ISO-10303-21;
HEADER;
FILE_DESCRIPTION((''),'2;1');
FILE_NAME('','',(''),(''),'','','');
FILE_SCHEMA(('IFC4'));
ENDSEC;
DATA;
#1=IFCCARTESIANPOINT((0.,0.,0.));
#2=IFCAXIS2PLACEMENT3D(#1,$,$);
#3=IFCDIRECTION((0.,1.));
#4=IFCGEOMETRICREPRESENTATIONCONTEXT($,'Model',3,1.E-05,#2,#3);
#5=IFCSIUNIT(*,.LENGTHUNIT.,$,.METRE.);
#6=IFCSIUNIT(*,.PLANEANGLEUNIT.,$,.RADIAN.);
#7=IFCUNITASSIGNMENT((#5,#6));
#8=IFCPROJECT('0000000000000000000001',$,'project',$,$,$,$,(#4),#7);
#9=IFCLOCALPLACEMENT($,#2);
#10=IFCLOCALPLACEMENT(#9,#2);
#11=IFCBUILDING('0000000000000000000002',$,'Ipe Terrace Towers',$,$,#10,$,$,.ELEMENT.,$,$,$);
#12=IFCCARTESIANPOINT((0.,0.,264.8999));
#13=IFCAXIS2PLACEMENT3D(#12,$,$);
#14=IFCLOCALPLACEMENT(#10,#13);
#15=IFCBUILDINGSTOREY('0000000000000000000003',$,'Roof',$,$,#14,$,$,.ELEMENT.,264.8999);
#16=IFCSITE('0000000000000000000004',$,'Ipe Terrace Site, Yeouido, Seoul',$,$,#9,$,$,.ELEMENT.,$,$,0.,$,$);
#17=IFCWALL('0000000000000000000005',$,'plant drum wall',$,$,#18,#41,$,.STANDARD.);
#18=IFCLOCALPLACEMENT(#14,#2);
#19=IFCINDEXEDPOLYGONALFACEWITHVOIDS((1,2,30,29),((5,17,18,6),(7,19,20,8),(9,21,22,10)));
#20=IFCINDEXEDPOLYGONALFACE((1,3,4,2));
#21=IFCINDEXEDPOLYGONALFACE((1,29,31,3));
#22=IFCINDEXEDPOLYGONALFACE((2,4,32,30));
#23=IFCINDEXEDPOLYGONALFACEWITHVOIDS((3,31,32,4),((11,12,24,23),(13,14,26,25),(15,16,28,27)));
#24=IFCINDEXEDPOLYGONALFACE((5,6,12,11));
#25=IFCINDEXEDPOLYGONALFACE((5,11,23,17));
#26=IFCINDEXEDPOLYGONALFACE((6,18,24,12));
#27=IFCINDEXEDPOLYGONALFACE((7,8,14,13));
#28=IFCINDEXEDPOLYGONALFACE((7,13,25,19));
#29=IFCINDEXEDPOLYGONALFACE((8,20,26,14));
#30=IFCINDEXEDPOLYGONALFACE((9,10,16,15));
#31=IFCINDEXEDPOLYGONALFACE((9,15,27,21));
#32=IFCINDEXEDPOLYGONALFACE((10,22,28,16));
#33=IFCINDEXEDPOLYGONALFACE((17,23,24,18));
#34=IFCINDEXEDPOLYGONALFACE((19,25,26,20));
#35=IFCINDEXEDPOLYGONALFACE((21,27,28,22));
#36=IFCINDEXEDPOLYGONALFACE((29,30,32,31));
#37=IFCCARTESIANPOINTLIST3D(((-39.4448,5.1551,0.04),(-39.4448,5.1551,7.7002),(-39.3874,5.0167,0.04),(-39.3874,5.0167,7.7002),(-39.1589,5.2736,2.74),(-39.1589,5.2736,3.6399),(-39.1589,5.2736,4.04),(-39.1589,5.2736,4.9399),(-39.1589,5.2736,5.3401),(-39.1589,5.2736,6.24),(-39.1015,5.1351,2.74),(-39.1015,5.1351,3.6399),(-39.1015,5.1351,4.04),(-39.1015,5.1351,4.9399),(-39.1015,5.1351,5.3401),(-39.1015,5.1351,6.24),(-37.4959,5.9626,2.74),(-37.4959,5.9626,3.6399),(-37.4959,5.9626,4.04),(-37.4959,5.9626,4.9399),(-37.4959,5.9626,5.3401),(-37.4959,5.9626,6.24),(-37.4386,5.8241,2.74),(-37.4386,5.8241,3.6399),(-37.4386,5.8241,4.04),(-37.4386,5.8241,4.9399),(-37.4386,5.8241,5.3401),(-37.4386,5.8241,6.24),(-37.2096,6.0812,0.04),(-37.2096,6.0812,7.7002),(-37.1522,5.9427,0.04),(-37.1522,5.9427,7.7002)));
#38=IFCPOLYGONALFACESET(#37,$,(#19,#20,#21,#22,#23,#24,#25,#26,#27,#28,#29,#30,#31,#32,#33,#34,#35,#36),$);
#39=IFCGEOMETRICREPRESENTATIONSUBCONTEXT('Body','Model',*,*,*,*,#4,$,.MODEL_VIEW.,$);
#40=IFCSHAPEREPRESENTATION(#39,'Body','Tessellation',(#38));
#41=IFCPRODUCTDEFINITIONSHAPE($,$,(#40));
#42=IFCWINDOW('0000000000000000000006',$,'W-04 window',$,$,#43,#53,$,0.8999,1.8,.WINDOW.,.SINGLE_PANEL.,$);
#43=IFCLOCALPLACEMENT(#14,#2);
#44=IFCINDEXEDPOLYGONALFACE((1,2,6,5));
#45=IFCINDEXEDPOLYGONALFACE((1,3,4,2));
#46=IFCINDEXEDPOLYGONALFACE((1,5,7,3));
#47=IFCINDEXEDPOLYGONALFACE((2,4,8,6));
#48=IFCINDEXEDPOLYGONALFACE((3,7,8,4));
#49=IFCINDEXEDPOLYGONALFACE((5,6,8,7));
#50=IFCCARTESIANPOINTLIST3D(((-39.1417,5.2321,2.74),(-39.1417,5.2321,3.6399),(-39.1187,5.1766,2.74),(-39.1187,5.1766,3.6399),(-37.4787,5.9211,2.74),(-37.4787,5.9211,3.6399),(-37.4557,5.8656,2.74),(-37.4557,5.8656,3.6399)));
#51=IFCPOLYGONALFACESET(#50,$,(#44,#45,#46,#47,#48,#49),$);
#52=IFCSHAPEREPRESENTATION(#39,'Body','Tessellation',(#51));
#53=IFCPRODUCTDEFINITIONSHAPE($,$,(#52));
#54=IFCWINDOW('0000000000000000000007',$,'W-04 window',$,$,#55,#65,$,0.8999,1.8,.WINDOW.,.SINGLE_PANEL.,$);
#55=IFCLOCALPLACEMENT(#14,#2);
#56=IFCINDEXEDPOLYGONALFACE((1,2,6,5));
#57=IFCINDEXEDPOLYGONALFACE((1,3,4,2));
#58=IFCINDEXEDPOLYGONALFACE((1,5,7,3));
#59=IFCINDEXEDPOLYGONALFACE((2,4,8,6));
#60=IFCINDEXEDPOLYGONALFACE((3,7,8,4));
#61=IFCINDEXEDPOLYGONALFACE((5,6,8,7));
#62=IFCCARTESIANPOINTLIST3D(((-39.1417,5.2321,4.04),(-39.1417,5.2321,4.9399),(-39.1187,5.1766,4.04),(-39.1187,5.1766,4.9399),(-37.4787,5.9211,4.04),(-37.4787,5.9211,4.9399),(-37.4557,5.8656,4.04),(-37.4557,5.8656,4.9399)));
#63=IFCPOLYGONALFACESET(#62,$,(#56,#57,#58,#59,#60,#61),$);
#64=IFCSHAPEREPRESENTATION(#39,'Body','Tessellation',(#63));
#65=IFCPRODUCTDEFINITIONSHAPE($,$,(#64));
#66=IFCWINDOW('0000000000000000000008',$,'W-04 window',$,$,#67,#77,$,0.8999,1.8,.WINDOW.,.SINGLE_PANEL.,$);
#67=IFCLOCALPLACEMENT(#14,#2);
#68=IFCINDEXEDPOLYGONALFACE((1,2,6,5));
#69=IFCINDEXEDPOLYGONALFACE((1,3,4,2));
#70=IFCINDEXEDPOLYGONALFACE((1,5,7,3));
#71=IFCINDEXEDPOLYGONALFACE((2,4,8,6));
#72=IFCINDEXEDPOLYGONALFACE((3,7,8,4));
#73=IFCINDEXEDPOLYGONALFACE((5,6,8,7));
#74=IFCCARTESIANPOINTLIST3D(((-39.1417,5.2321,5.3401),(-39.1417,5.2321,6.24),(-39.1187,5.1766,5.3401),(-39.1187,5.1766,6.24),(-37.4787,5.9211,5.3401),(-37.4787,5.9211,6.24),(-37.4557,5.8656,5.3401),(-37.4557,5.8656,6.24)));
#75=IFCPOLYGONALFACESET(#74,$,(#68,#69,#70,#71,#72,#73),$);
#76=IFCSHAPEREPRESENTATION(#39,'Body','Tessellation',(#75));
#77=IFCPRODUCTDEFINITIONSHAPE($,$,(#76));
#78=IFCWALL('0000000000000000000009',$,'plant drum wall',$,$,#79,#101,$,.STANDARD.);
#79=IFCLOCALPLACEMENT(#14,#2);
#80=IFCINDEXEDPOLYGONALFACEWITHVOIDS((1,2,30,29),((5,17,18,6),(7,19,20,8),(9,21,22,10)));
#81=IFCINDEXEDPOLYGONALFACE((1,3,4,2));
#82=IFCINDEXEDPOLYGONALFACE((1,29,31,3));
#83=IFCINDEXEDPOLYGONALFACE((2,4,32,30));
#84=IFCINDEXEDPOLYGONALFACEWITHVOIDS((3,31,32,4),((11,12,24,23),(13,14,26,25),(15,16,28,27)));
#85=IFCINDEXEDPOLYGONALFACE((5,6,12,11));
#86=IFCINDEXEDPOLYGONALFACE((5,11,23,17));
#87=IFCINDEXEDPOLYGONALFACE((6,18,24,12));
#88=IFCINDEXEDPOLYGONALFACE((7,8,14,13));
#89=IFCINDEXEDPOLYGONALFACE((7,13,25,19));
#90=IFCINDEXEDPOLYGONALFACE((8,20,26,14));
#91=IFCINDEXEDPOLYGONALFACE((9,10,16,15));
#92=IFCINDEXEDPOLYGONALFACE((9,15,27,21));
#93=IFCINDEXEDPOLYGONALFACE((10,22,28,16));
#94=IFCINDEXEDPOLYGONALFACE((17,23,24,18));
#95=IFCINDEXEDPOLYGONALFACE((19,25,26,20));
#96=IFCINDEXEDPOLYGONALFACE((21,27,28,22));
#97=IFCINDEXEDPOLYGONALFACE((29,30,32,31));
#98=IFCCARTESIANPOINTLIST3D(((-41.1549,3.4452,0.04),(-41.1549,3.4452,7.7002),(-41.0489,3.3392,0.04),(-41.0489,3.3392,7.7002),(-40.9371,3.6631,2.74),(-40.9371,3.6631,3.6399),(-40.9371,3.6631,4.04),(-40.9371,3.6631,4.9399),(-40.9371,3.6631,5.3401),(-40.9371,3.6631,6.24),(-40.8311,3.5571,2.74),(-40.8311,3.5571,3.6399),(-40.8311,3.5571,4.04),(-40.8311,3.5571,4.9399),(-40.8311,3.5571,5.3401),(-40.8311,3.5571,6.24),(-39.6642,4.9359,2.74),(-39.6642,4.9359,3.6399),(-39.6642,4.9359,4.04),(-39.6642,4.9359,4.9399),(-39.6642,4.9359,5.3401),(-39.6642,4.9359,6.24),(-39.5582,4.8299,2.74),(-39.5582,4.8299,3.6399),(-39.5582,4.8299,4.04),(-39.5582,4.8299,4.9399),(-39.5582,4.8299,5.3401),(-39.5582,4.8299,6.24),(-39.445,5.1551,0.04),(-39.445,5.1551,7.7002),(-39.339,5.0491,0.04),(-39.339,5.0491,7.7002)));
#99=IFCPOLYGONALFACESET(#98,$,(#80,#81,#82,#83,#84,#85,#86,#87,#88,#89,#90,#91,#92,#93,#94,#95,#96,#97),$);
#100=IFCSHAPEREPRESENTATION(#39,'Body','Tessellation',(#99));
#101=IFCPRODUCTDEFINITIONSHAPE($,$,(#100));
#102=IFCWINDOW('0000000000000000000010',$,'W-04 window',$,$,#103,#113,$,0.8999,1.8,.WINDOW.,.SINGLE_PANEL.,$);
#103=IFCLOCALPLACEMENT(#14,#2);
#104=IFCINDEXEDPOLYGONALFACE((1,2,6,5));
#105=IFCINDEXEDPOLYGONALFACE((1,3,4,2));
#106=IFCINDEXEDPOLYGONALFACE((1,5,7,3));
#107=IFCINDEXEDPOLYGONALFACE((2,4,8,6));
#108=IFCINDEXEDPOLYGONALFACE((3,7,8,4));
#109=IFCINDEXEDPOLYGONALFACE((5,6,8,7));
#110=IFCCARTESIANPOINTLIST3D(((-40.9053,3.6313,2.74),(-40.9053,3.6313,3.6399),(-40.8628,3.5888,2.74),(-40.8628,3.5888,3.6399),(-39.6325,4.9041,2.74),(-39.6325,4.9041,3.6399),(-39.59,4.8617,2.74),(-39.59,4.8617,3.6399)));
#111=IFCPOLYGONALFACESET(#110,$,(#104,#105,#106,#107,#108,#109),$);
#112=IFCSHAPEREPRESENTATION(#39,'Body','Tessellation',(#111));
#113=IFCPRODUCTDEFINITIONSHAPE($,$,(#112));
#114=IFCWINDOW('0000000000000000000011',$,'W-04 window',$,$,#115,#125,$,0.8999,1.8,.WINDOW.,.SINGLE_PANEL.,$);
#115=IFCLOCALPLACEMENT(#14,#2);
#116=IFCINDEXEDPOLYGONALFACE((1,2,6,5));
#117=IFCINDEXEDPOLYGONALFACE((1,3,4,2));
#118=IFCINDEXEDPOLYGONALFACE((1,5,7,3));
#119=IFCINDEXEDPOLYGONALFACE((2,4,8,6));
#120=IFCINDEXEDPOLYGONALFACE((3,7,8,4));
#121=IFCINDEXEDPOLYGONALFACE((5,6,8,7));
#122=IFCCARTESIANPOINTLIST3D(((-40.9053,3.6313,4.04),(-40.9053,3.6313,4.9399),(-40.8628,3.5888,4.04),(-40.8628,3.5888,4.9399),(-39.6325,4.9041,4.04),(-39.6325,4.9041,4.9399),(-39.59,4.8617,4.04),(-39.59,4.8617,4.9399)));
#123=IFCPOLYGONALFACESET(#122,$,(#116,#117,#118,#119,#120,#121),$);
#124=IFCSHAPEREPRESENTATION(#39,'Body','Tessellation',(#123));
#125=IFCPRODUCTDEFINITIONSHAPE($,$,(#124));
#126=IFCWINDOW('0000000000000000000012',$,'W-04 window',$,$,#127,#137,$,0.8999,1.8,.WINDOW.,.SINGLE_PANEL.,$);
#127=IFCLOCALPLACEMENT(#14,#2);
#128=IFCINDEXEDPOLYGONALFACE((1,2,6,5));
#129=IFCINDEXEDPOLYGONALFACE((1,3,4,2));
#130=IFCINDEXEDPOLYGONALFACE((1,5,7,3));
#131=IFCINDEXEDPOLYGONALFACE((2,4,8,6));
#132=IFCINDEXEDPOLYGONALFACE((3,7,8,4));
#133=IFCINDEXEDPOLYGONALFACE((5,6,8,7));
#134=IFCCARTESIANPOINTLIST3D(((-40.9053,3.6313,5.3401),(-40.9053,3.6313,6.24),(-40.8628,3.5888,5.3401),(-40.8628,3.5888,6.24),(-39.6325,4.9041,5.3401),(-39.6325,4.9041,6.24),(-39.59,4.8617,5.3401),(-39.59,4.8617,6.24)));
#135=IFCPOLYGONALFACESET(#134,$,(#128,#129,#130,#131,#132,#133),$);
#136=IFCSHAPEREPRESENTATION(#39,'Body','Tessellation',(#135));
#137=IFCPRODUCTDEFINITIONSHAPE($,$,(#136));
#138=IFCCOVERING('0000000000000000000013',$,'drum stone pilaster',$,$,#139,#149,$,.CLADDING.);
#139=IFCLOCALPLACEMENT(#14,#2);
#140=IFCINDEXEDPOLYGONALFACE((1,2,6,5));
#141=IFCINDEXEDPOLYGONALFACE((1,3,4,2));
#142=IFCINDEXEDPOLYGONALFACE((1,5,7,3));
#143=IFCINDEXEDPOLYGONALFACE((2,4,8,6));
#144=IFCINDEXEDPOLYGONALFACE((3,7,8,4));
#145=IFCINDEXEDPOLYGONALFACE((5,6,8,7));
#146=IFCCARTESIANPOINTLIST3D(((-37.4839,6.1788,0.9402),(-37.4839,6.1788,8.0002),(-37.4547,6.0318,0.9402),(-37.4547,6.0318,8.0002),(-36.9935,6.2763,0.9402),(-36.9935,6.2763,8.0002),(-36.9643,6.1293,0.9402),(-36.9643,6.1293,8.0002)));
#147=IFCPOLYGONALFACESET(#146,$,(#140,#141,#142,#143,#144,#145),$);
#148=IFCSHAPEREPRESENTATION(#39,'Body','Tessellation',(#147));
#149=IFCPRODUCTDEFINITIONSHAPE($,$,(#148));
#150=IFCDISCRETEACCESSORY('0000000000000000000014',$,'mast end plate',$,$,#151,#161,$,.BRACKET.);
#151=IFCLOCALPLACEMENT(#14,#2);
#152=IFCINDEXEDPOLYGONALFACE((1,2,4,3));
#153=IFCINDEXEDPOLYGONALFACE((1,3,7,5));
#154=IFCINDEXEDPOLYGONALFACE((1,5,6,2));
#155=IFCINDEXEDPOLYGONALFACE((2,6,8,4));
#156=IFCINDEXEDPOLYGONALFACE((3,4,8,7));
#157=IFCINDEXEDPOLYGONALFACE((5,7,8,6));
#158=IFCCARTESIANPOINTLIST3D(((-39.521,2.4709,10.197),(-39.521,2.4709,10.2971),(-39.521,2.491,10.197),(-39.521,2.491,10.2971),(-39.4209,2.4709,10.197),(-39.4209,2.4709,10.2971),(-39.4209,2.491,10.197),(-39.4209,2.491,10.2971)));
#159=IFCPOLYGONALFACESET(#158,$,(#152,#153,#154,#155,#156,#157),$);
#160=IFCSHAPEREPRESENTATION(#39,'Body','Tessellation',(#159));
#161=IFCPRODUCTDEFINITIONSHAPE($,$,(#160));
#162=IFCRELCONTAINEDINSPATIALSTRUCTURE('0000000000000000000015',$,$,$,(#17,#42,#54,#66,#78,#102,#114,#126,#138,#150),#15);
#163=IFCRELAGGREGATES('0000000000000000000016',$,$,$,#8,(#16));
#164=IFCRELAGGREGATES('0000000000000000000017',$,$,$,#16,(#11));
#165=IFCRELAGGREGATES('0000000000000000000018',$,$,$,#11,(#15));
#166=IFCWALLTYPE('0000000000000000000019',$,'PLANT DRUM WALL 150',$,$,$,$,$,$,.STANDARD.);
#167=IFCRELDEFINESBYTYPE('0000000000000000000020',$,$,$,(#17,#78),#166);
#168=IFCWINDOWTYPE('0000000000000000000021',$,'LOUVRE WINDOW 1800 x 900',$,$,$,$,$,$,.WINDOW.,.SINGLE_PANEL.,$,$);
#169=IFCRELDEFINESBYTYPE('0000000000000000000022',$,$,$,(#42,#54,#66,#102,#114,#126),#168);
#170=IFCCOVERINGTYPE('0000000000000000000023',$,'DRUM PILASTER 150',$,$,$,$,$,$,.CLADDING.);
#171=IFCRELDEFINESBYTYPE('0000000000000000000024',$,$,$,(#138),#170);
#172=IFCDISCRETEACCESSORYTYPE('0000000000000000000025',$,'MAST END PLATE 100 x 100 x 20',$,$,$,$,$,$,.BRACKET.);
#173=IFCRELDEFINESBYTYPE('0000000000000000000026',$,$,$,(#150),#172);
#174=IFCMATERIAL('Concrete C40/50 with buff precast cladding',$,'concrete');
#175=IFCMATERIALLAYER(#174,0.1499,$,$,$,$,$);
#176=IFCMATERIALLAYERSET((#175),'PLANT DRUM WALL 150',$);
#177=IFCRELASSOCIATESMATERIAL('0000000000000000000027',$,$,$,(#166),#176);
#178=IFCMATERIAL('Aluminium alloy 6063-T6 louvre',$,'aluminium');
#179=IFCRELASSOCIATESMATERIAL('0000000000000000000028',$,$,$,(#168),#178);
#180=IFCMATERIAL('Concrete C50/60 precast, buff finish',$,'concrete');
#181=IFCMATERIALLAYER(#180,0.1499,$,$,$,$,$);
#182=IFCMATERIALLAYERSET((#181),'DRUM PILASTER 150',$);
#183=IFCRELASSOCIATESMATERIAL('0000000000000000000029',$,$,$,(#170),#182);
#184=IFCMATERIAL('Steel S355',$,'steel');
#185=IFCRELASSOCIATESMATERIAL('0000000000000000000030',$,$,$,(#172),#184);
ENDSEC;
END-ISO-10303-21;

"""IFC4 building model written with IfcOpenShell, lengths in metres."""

from ifc_helpers import new_model, si_unit, direction, frame, frame_2d, origin, origin_2d, place, context, subcontext, project, spatial, rectangle, extrude, material, layer, layer_set, material_profile, profile_set, type_object, element, fill, save


model = new_model("IFC4")

# Units and contexts
model_context = context("Model", 3, precision=1e-05, world=origin(), true_north=direction((0.0, 1.0)))
body_context = subcontext(model_context, "Body", "Model", "MODEL_VIEW")
ifc_project = project(units=[si_unit("LENGTHUNIT", "METRE"), si_unit("PLANEANGLEUNIT", "RADIAN")], contexts=[model_context])

# Site, building, storey
site_placement = place(None, origin())
site = spatial("IfcSite", under=ifc_project, at=site_placement, Name="Ipe Terrace Site, Yeouido, Seoul", CompositionType="ELEMENT", RefElevation=0.0)
building_placement = place(site_placement, origin())
building = spatial("IfcBuilding", under=site, at=building_placement, Name="Ipe Terrace Towers", CompositionType="ELEMENT")
storey_placement = place(building_placement, frame((0.0, 0.0, 264.8999)))
storey = spatial("IfcBuildingStorey", under=building, at=storey_placement, Name="Roof", CompositionType="ELEMENT", Elevation=264.8999)

# Walls, openings, windows
ifc_material_1 = material(Name="Concrete C40/50 with buff precast cladding", Category="concrete")
ifc_layer_1 = layer(ifc_material_1, 0.1499)
ifc_layer_set_1 = layer_set([ifc_layer_1], Name="PLANT DRUM WALL 150")
wall_type = type_object("IfcWallType", Name="PLANT DRUM WALL 150", PredefinedType="STANDARD", material=ifc_layer_set_1)
wall_1_placement = place(storey_placement, frame((-37.1809, 6.012, 0.04), z_axis=(0.0, 0.0, 1.0), x_axis=(-0.923848, -0.382759, 0.0)))
wall_1 = element("IfcWall", 1, at=wall_1_placement, inside=storey, type_object=wall_type, Name="plant drum wall", PredefinedType="STANDARD", context=body_context, shape_type="SweptSolid", body=[
    extrude(rectangle(XDim=2.4194, YDim=0.1499, at=frame_2d((1.2097, 0.0))), origin(), (0.0, 0.0, 1.0), 7.6602),
])
opening_1_placement = place(wall_1_placement, frame((0.3101, 0.0, 2.7)))
opening_1 = element("IfcOpeningElement", 2, at=opening_1_placement, cuts=wall_1, PredefinedType="OPENING", context=body_context, shape_type="SweptSolid", body=[
    extrude(rectangle(XDim=1.8, YDim=0.8999, at=frame_2d((0.8999, 0.45))), frame((0.0, 0.085, 0.0), z_axis=(0.0, -1.0, 0.0), x_axis=(1.0, 0.0, 0.0)), (0.0, 0.0, 1.0), 0.1699),
])
opening_2_placement = place(wall_1_placement, frame((0.3101, 0.0, 4.0)))
opening_2 = element("IfcOpeningElement", 3, at=opening_2_placement, cuts=wall_1, PredefinedType="OPENING", context=body_context, shape_type="SweptSolid", body=[
    extrude(rectangle(XDim=1.8, YDim=0.8999, at=frame_2d((0.8999, 0.45))), frame((0.0, 0.085, 0.0), z_axis=(0.0, -1.0, 0.0), x_axis=(1.0, 0.0, 0.0)), (0.0, 0.0, 1.0), 0.1699),
])
opening_3_placement = place(wall_1_placement, frame((0.3101, 0.0, 5.3)))
opening_3 = element("IfcOpeningElement", 4, at=opening_3_placement, cuts=wall_1, PredefinedType="OPENING", context=body_context, shape_type="SweptSolid", body=[
    extrude(rectangle(XDim=1.8, YDim=0.8999, at=frame_2d((0.8999, 0.45))), frame((0.0, 0.085, 0.0), z_axis=(0.0, -1.0, 0.0), x_axis=(1.0, 0.0, 0.0)), (0.0, 0.0, 1.0), 0.1699),
])
ifc_material_2 = material(Name="Aluminium alloy 6063-T6 louvre", Category="aluminium")
window_type = type_object("IfcWindowType", Name="LOUVRE WINDOW 1800 x 900", PartitioningType="SINGLE_PANEL", PredefinedType="WINDOW", material=ifc_material_2)
window_1_placement = place(opening_1_placement, origin())
window_1 = element("IfcWindow", 5, at=window_1_placement, inside=storey, type_object=window_type, Name="W-04 window", OverallHeight=0.8999, OverallWidth=1.8, PartitioningType="SINGLE_PANEL", PredefinedType="WINDOW", context=body_context, shape_type="SweptSolid", body=[
    extrude(rectangle(XDim=1.8, YDim=0.8999, at=frame_2d((0.8999, 0.45))), frame((0.0, 0.03, 0.0), z_axis=(0.0, -1.0, 0.0), x_axis=(1.0, 0.0, 0.0)), (0.0, 0.0, 1.0), 0.0601),
])
fill(opening_1, window_1)
window_2_placement = place(opening_2_placement, origin())
window_2 = element("IfcWindow", 6, at=window_2_placement, inside=storey, type_object=window_type, Name="W-04 window", OverallHeight=0.8999, OverallWidth=1.8, PartitioningType="SINGLE_PANEL", PredefinedType="WINDOW", context=body_context, shape_type="SweptSolid", body=[
    extrude(rectangle(XDim=1.8, YDim=0.8999, at=frame_2d((0.8999, 0.45))), frame((0.0, 0.03, 0.0), z_axis=(0.0, -1.0, 0.0), x_axis=(1.0, 0.0, 0.0)), (0.0, 0.0, 1.0), 0.0601),
])
fill(opening_2, window_2)
window_3_placement = place(opening_3_placement, origin())
window_3 = element("IfcWindow", 7, at=window_3_placement, inside=storey, type_object=window_type, Name="W-04 window", OverallHeight=0.8999, OverallWidth=1.8, PartitioningType="SINGLE_PANEL", PredefinedType="WINDOW", context=body_context, shape_type="SweptSolid", body=[
    extrude(rectangle(XDim=1.8, YDim=0.8999, at=frame_2d((0.8999, 0.45))), frame((0.0, 0.03, 0.0), z_axis=(0.0, -1.0, 0.0), x_axis=(1.0, 0.0, 0.0)), (0.0, 0.0, 1.0), 0.0601),
])
fill(opening_3, window_3)
wall_2_placement = place(storey_placement, frame((-39.3921, 5.1021, 0.04), z_axis=(0.0, 0.0, 1.0), x_axis=(-0.707107, -0.707107, 0.0)))
wall_2 = element("IfcWall", 8, at=wall_2_placement, inside=storey, type_object=wall_type, Name="plant drum wall", PredefinedType="STANDARD", context=body_context, shape_type="SweptSolid", body=[
    extrude(rectangle(XDim=2.4182, YDim=0.1499, at=frame_2d((1.209, 0.0))), origin(), (0.0, 0.0, 1.0), 7.6602),
])
opening_4_placement = place(wall_2_placement, frame((0.3101, 0.0, 2.7)))
opening_4 = element("IfcOpeningElement", 9, at=opening_4_placement, cuts=wall_2, PredefinedType="OPENING", context=body_context, shape_type="SweptSolid", body=[
    extrude(rectangle(XDim=1.8, YDim=0.8999, at=frame_2d((0.8999, 0.45))), frame((0.0, 0.085, 0.0), z_axis=(0.0, -1.0, 0.0), x_axis=(1.0, 0.0, 0.0)), (0.0, 0.0, 1.0), 0.1699),
])
opening_5_placement = place(wall_2_placement, frame((0.3101, 0.0, 4.0)))
opening_5 = element("IfcOpeningElement", 10, at=opening_5_placement, cuts=wall_2, PredefinedType="OPENING", context=body_context, shape_type="SweptSolid", body=[
    extrude(rectangle(XDim=1.8, YDim=0.8999, at=frame_2d((0.8999, 0.45))), frame((0.0, 0.085, 0.0), z_axis=(0.0, -1.0, 0.0), x_axis=(1.0, 0.0, 0.0)), (0.0, 0.0, 1.0), 0.1699),
])
opening_6_placement = place(wall_2_placement, frame((0.3101, 0.0, 5.3)))
opening_6 = element("IfcOpeningElement", 11, at=opening_6_placement, cuts=wall_2, PredefinedType="OPENING", context=body_context, shape_type="SweptSolid", body=[
    extrude(rectangle(XDim=1.8, YDim=0.8999, at=frame_2d((0.8999, 0.45))), frame((0.0, 0.085, 0.0), z_axis=(0.0, -1.0, 0.0), x_axis=(1.0, 0.0, 0.0)), (0.0, 0.0, 1.0), 0.1699),
])
window_4_placement = place(opening_4_placement, origin())
window_4 = element("IfcWindow", 12, at=window_4_placement, inside=storey, type_object=window_type, Name="W-04 window", OverallHeight=0.8999, OverallWidth=1.8, PartitioningType="SINGLE_PANEL", PredefinedType="WINDOW", context=body_context, shape_type="SweptSolid", body=[
    extrude(rectangle(XDim=1.8, YDim=0.8999, at=frame_2d((0.8999, 0.45))), frame((0.0, 0.03, 0.0), z_axis=(0.0, -1.0, 0.0), x_axis=(1.0, 0.0, 0.0)), (0.0, 0.0, 1.0), 0.0601),
])
fill(opening_4, window_4)
window_5_placement = place(opening_5_placement, origin())
window_5 = element("IfcWindow", 13, at=window_5_placement, inside=storey, type_object=window_type, Name="W-04 window", OverallHeight=0.8999, OverallWidth=1.8, PartitioningType="SINGLE_PANEL", PredefinedType="WINDOW", context=body_context, shape_type="SweptSolid", body=[
    extrude(rectangle(XDim=1.8, YDim=0.8999, at=frame_2d((0.8999, 0.45))), frame((0.0, 0.03, 0.0), z_axis=(0.0, -1.0, 0.0), x_axis=(1.0, 0.0, 0.0)), (0.0, 0.0, 1.0), 0.0601),
])
fill(opening_5, window_5)
window_6_placement = place(opening_6_placement, origin())
window_6 = element("IfcWindow", 14, at=window_6_placement, inside=storey, type_object=window_type, Name="W-04 window", OverallHeight=0.8999, OverallWidth=1.8, PartitioningType="SINGLE_PANEL", PredefinedType="WINDOW", context=body_context, shape_type="SweptSolid", body=[
    extrude(rectangle(XDim=1.8, YDim=0.8999, at=frame_2d((0.8999, 0.45))), frame((0.0, 0.03, 0.0), z_axis=(0.0, -1.0, 0.0), x_axis=(1.0, 0.0, 0.0)), (0.0, 0.0, 1.0), 0.0601),
])
fill(opening_6, window_6)

# Covering
ifc_material_3 = material(Name="Concrete C50/60 precast, buff finish", Category="concrete")
ifc_layer_2 = layer(ifc_material_3, 0.1499)
ifc_layer_set_2 = layer_set([ifc_layer_2], Name="DRUM PILASTER 150")
covering_type = type_object("IfcCoveringType", Name="DRUM PILASTER 150", PredefinedType="CLADDING", material=ifc_layer_set_2)
covering_placement = place(storey_placement, frame((-37.2241, 6.1541, 0.9402), z_axis=(0.0, 0.0, 1.0), x_axis=(-0.19509, 0.980785, 0.0)))
element("IfcCovering", 15, at=covering_placement, inside=storey, type_object=covering_type, Name="drum stone pilaster", PredefinedType="CLADDING", context=body_context, shape_type="SweptSolid", body=[
    extrude(rectangle(XDim=0.1499, YDim=0.5, at=origin_2d()), origin(), (0.0, 0.0, 1.0), 7.0601),
])

# Discrete accessory
ifc_material_4 = material(Name="Steel S355", Category="steel")
ifc_material_profile_1 = material_profile(ifc_material_4, rectangle(XDim=0.1001, YDim=0.1001, at=origin_2d()), Name="MAST END PLATE 100 x 100 x 20")
ifc_profile_set_1 = profile_set([ifc_material_profile_1], Name="Steel S355")
discrete_accessory_type = type_object("IfcDiscreteAccessoryType", Name="MAST END PLATE 100 x 100 x 20", PredefinedType="BRACKET", material=ifc_profile_set_1)
discrete_accessory_placement = place(storey_placement, frame((-39.4709, 2.4709, 10.2471), z_axis=(0.0, 1.0, 0.0), x_axis=(-1.0, 0.0, 0.0)))
element("IfcDiscreteAccessory", 16, at=discrete_accessory_placement, inside=storey, type_object=discrete_accessory_type, Name="mast end plate", PredefinedType="BRACKET", context=body_context, shape_type="SweptSolid", body=[
    extrude(rectangle(XDim=0.1001, YDim=0.1001, at=origin_2d()), origin(), (0.0, 0.0, 1.0), 0.02),
])

save(model, "model.ifc")
